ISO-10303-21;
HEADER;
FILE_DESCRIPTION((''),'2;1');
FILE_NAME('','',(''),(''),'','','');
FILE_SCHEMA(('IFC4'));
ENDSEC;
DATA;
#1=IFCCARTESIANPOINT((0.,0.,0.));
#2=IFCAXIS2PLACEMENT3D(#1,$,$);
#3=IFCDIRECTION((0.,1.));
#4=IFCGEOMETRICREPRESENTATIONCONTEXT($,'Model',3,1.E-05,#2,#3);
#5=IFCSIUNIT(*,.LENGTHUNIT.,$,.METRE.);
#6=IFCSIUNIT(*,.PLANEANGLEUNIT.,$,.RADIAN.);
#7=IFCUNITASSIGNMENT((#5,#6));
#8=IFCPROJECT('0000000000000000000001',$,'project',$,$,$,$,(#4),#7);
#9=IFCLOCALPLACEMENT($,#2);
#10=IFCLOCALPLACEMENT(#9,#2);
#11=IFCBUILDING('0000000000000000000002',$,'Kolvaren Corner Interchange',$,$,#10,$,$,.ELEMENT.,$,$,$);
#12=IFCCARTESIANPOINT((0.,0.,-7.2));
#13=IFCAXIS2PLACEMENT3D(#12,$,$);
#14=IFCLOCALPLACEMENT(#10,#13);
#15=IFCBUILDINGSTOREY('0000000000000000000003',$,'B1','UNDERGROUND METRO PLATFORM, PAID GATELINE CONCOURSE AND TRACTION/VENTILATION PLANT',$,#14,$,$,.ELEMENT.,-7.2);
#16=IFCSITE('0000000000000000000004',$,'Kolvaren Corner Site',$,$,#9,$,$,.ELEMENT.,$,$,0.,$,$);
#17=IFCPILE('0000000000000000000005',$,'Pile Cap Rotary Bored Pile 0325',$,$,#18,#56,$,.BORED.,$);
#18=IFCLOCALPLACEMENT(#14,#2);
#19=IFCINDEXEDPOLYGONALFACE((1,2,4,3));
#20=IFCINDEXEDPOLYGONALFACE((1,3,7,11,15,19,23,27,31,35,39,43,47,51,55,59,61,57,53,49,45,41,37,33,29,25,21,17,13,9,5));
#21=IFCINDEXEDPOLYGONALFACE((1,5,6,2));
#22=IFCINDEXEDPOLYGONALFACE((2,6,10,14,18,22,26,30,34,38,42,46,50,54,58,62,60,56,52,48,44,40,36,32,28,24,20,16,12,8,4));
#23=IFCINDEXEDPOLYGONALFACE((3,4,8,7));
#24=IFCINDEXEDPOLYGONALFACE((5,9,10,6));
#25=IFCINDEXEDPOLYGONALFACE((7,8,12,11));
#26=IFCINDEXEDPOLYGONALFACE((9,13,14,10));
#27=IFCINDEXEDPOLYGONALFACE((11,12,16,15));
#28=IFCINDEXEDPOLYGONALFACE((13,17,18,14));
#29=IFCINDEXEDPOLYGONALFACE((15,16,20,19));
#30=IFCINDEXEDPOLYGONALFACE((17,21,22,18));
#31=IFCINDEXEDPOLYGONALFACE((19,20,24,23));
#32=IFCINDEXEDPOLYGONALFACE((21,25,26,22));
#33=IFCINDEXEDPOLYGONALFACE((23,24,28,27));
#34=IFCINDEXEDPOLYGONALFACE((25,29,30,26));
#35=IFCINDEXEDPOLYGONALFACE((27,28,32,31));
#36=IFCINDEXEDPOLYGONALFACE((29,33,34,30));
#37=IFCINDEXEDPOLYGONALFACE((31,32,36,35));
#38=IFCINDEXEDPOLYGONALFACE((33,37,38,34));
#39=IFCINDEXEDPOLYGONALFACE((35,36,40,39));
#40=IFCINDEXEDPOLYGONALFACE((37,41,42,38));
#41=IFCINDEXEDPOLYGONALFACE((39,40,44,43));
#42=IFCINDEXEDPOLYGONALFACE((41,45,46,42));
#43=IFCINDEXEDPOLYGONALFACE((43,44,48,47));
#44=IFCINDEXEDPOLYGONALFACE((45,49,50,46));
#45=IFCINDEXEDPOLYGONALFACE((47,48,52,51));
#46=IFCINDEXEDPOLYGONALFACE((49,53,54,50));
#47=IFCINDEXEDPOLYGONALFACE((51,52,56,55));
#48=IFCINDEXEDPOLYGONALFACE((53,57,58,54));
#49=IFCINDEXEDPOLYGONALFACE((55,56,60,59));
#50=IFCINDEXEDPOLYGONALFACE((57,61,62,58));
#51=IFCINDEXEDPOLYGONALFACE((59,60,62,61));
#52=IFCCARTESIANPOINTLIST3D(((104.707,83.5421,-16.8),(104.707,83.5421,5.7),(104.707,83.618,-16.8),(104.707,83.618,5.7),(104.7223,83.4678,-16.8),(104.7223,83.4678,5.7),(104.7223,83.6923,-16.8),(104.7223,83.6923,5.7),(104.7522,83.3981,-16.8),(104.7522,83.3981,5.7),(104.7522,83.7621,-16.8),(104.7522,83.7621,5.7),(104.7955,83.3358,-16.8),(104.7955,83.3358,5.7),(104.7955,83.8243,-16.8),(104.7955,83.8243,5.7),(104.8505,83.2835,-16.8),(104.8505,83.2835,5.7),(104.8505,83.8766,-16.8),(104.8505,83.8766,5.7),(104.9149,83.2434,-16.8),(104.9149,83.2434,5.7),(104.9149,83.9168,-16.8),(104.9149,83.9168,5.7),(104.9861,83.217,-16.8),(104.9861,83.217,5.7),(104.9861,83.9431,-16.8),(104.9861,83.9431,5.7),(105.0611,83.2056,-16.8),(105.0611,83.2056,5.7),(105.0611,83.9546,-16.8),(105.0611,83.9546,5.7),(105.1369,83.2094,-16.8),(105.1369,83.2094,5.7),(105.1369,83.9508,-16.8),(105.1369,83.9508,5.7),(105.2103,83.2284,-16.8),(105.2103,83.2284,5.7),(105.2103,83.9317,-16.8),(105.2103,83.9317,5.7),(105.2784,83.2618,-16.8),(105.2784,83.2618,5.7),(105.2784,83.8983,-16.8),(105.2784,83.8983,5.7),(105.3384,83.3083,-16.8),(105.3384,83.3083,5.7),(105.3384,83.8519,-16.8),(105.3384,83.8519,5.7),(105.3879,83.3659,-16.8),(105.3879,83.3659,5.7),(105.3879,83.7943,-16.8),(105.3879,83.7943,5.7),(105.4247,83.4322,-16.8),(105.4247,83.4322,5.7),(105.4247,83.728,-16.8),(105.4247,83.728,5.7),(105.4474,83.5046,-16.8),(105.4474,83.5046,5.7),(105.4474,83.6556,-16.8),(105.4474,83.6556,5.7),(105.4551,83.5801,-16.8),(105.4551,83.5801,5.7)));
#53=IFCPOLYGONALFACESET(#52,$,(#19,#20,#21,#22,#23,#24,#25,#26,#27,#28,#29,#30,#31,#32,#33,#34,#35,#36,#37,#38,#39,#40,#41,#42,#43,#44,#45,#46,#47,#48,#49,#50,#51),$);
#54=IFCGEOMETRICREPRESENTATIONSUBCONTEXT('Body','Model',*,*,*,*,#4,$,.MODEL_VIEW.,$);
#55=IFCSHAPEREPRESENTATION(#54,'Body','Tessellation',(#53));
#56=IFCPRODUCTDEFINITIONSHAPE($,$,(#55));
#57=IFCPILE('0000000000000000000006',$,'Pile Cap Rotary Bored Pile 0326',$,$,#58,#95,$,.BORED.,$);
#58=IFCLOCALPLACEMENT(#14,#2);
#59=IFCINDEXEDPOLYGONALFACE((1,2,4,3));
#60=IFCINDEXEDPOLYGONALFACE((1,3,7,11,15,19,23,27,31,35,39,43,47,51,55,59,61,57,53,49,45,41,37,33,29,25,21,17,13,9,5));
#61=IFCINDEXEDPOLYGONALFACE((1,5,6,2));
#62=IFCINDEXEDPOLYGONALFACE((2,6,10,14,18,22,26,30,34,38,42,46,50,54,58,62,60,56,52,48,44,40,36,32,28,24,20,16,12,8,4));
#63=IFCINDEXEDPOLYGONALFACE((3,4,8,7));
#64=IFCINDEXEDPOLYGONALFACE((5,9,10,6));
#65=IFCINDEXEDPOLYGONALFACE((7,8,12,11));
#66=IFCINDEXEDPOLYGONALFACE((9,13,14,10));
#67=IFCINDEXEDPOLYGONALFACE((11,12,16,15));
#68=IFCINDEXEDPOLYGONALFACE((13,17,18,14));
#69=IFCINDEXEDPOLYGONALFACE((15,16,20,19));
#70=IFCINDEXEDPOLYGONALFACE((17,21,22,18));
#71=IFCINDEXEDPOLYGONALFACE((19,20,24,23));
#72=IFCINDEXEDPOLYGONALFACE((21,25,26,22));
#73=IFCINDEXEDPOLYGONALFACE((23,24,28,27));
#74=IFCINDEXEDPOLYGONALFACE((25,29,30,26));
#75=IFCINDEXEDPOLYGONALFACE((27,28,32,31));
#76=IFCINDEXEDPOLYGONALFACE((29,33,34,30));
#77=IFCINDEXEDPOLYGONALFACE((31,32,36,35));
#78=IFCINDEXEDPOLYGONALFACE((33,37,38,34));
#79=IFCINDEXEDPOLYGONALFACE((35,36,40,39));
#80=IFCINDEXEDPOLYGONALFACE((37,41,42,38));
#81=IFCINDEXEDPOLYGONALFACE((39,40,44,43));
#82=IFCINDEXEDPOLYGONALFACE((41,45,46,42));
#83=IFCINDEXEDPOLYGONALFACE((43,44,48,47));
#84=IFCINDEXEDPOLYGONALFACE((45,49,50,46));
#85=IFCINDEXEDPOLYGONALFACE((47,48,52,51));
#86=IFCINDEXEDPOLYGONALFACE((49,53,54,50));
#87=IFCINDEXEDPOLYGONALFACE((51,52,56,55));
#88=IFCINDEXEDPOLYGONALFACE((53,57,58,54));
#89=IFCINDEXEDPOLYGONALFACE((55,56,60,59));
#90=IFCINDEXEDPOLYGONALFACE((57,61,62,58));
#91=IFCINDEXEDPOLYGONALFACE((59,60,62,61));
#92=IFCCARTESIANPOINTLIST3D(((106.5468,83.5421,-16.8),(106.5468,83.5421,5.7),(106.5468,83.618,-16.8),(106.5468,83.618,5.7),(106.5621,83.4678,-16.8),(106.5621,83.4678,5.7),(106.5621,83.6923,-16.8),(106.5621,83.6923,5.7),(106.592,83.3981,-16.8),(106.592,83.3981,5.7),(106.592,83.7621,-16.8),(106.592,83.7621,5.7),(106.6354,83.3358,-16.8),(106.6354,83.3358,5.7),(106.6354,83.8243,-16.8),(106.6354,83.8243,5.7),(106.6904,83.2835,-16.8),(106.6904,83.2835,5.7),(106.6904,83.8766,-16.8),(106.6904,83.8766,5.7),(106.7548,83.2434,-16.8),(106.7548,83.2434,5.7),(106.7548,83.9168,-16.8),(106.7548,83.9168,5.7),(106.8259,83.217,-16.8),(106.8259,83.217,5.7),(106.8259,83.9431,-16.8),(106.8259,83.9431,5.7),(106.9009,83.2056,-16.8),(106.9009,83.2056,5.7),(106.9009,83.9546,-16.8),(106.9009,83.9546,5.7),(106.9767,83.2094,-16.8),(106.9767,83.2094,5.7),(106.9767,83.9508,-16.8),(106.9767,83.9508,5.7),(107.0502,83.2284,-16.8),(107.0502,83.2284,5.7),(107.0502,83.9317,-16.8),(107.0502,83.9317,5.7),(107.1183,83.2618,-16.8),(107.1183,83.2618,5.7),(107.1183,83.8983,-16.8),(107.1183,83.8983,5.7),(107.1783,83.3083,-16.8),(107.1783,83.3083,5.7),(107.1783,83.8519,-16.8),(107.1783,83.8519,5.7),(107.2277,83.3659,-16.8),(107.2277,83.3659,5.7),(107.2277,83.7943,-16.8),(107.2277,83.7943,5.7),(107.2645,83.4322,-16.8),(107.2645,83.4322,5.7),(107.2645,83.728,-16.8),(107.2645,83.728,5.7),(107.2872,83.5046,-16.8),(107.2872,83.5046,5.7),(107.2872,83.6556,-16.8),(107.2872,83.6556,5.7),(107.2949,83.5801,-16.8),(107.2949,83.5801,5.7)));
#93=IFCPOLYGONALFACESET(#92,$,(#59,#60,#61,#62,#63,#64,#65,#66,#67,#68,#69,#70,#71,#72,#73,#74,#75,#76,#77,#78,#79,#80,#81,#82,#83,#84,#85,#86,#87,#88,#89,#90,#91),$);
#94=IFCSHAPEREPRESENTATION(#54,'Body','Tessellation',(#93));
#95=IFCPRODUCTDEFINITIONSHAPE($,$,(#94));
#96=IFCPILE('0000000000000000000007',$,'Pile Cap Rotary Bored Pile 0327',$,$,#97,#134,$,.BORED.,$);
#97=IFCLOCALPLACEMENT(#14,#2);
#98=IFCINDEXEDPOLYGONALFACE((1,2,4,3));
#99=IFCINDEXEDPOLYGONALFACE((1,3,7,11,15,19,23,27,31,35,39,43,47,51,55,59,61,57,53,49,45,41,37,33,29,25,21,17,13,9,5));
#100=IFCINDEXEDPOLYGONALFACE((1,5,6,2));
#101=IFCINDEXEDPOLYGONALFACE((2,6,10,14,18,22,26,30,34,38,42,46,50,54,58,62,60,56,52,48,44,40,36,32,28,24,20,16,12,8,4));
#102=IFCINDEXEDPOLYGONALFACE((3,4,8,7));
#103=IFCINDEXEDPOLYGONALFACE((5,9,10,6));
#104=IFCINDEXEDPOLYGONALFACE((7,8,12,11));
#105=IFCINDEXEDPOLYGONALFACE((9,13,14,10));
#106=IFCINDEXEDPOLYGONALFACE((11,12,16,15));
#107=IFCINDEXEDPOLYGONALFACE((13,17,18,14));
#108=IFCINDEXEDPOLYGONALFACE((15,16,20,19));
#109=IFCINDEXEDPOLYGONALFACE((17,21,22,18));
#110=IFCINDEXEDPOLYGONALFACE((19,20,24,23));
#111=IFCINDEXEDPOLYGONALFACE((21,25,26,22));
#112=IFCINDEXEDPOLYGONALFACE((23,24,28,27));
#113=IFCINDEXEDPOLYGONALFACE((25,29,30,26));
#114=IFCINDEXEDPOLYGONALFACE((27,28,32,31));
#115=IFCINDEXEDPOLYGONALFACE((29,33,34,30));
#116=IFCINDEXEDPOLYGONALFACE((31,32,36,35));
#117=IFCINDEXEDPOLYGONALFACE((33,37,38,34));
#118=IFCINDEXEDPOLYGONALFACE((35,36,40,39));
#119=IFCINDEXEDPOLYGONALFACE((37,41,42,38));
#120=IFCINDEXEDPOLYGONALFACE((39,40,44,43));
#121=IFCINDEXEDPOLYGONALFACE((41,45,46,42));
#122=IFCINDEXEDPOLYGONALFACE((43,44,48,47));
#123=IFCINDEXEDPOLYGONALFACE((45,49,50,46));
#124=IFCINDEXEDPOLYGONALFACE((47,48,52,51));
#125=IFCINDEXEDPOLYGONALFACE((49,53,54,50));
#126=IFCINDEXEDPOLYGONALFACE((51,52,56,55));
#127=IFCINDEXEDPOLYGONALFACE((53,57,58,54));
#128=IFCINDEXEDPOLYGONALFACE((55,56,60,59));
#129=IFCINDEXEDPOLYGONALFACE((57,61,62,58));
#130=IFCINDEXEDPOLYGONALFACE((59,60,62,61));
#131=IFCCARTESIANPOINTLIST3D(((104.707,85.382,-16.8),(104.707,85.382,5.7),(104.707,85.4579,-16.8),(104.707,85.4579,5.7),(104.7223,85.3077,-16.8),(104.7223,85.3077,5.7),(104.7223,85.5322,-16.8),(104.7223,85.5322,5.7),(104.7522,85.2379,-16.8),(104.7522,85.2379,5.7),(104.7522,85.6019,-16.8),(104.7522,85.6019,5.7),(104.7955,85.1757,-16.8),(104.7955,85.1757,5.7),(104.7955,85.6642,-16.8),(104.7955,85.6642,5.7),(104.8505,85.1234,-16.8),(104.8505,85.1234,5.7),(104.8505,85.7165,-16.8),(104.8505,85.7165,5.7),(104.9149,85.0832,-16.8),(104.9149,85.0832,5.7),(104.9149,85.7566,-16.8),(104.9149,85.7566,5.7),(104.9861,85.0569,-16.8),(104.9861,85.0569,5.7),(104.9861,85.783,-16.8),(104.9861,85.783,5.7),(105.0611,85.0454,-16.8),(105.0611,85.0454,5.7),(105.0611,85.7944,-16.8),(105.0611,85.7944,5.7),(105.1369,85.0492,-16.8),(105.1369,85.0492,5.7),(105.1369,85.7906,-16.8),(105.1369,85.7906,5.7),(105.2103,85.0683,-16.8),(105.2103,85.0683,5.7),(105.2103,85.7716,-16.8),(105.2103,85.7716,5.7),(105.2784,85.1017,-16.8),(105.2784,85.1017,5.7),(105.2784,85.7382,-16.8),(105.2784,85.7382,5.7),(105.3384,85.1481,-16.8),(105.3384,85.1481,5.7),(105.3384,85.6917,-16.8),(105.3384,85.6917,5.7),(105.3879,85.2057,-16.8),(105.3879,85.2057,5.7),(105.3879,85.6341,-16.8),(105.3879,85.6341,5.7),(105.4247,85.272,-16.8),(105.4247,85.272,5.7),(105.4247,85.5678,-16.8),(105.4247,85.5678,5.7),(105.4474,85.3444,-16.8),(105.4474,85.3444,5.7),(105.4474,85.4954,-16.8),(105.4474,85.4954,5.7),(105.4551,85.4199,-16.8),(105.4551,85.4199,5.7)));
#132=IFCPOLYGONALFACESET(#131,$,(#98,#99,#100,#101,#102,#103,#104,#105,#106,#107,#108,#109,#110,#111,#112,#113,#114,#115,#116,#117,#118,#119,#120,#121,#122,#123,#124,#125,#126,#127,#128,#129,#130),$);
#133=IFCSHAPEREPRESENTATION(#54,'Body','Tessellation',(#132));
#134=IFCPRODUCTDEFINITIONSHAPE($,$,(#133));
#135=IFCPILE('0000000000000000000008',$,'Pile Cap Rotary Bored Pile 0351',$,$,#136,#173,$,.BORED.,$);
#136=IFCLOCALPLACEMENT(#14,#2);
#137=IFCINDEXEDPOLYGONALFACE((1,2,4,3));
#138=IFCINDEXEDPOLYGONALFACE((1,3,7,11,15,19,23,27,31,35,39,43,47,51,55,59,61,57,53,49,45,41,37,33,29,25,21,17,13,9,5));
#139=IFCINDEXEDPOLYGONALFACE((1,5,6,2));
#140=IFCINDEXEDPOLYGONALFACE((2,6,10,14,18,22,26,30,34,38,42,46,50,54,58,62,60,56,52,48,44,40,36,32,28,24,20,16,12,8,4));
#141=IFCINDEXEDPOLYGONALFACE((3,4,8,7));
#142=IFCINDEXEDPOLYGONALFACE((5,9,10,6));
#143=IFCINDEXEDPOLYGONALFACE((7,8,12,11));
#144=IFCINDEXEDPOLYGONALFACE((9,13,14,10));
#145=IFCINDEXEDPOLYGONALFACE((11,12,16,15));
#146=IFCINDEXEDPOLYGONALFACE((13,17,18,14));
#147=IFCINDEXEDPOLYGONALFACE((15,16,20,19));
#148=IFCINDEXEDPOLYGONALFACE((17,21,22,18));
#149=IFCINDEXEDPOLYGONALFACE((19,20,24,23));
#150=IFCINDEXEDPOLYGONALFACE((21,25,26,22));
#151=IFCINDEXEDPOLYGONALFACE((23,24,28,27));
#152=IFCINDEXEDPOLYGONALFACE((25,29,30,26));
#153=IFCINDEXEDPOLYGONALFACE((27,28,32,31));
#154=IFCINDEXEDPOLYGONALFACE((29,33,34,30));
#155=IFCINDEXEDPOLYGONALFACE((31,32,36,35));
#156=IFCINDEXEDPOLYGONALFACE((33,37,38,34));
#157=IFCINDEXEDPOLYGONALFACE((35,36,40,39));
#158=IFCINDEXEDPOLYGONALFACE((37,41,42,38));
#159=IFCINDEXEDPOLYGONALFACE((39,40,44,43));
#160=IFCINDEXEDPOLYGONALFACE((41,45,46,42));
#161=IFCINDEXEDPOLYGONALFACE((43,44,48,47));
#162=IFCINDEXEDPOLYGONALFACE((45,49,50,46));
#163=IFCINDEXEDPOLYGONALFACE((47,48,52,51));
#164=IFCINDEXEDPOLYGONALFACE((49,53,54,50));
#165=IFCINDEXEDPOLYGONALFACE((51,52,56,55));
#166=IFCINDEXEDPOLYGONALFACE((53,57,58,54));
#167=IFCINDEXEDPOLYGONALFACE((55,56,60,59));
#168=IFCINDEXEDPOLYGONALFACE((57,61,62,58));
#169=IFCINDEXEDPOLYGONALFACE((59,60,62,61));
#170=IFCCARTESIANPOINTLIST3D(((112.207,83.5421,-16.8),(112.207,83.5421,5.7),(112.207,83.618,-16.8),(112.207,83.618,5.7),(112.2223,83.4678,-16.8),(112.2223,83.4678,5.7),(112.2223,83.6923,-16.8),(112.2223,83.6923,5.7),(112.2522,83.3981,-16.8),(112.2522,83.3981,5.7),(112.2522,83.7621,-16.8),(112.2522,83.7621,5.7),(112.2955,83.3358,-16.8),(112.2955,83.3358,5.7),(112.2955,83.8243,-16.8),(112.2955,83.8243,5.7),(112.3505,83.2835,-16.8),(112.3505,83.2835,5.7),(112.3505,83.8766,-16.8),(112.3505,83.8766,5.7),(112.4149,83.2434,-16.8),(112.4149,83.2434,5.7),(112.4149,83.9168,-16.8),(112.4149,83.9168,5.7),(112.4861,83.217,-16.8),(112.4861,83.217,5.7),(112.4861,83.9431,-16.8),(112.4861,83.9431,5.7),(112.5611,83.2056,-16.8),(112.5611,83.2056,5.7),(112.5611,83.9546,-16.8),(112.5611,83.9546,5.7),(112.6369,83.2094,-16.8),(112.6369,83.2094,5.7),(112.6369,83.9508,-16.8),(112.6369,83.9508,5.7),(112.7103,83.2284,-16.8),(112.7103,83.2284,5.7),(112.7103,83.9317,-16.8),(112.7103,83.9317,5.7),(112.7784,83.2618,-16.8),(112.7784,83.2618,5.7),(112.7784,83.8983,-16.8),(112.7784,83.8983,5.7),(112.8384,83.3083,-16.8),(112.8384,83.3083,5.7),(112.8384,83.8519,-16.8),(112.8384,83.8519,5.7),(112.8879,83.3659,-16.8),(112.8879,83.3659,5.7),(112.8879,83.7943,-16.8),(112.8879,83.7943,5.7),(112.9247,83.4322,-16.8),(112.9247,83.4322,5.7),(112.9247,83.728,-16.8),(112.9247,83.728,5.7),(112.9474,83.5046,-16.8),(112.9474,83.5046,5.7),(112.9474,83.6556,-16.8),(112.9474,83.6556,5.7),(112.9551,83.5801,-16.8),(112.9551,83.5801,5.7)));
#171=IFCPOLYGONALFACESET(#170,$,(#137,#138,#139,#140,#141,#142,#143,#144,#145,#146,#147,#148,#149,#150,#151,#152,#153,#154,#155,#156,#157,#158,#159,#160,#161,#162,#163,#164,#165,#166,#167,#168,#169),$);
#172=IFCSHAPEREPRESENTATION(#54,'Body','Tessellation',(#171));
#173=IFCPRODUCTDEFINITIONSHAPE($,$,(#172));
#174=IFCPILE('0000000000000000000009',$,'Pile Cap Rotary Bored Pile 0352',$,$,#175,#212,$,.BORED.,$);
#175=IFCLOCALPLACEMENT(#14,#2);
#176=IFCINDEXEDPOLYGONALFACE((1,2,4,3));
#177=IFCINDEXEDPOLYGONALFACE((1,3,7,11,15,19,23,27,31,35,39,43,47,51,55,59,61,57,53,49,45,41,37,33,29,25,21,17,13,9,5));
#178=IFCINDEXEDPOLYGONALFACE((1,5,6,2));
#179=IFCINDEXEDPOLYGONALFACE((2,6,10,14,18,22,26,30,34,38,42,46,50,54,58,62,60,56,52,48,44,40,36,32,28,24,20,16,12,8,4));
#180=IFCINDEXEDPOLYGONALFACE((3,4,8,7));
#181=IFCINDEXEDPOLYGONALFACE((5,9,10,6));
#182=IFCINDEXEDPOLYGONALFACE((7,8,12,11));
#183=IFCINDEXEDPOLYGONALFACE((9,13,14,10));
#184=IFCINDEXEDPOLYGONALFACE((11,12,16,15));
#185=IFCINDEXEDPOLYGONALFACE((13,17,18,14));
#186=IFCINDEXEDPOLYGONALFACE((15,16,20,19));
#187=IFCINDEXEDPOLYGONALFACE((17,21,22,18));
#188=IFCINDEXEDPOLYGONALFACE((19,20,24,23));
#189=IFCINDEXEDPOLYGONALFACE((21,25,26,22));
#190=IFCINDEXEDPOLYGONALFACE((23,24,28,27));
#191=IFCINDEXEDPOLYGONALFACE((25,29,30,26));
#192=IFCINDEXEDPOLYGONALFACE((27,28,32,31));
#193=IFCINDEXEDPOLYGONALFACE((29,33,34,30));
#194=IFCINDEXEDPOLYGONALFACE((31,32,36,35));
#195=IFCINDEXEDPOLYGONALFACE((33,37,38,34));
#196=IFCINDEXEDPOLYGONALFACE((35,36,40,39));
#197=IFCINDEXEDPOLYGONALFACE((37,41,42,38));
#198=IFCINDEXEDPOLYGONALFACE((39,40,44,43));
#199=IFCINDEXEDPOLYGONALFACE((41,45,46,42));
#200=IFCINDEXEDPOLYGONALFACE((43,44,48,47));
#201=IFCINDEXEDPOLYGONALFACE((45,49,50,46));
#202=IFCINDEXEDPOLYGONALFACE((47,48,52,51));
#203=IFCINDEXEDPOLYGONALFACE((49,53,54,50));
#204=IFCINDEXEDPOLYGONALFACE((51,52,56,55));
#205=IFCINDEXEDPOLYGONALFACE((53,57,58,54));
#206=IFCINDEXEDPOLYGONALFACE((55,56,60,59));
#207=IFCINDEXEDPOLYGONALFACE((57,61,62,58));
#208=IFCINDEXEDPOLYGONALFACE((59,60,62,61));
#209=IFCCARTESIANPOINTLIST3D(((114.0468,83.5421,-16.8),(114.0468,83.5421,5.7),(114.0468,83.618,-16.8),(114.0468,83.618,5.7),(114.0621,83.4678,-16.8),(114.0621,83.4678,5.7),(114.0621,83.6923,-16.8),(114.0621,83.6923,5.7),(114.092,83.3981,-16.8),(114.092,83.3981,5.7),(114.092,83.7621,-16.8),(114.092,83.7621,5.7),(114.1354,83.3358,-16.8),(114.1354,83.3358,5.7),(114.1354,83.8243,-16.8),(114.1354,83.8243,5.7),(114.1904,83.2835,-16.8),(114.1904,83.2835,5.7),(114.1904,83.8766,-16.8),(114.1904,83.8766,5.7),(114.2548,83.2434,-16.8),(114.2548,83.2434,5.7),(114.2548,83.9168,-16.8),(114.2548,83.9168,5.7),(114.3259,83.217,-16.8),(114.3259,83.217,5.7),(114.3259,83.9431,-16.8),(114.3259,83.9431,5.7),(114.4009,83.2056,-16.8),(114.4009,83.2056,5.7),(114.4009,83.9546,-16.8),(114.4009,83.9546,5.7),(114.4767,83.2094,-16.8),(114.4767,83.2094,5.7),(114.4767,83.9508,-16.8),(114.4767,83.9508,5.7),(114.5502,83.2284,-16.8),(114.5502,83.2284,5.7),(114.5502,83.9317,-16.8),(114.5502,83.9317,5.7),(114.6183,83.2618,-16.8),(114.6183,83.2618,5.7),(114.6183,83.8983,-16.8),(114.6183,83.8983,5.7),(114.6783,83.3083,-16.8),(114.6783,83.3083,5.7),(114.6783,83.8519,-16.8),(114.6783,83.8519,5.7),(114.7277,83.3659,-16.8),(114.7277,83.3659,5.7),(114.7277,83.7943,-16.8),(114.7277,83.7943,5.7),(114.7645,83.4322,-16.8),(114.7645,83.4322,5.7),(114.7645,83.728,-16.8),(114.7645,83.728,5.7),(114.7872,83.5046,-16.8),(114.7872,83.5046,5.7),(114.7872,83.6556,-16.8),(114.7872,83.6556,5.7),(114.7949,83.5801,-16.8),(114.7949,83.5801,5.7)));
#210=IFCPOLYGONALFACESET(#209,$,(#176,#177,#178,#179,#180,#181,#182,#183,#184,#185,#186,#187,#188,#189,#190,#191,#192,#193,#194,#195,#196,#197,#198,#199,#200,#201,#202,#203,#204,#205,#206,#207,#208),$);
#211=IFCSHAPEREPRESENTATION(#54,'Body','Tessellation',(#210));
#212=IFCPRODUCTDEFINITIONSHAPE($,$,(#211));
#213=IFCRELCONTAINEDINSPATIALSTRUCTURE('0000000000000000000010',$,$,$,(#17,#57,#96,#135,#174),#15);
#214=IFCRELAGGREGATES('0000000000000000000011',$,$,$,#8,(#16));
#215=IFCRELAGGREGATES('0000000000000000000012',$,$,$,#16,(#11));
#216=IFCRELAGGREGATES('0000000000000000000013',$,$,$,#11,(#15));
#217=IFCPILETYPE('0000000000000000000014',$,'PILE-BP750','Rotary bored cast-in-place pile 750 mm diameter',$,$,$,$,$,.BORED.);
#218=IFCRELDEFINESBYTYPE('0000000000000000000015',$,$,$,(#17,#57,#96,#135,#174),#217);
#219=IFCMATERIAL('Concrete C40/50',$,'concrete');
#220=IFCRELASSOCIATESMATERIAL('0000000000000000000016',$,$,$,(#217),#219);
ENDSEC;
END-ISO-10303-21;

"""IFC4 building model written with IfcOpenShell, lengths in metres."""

from ifc_helpers import new_model, si_unit, direction, frame, origin, origin_2d, place, context, subcontext, project, spatial, circle, extrude, material, material_profile, profile_set, type_object, element, save


model = new_model("IFC4")

# Units and contexts
model_context = context("Model", 3, precision=1e-05, world=origin(), true_north=direction((0.0, 1.0)))
body_context = subcontext(model_context, "Body", "Model", "MODEL_VIEW")
ifc_project = project(units=[si_unit("LENGTHUNIT", "METRE"), si_unit("PLANEANGLEUNIT", "RADIAN")], contexts=[model_context])

# Site, building, storey
site_placement = place(None, origin())
site = spatial("IfcSite", under=ifc_project, at=site_placement, Name="Kolvaren Corner Site", CompositionType="ELEMENT", RefElevation=0.0)
building_placement = place(site_placement, origin())
building = spatial("IfcBuilding", under=site, at=building_placement, Name="Kolvaren Corner Interchange", CompositionType="ELEMENT")
storey_placement = place(building_placement, frame((0.0, 0.0, -7.2)))
storey = spatial("IfcBuildingStorey", under=building, at=storey_placement, Name="B1", Description="UNDERGROUND METRO PLATFORM, PAID GATELINE CONCOURSE AND TRACTION/VENTILATION PLANT", CompositionType="ELEMENT", Elevation=-7.2)

# Piles
ifc_material_1 = material(Name="Concrete C40/50", Category="concrete")
ifc_material_profile_1 = material_profile(ifc_material_1, circle(Radius=0.375, at=origin_2d()), Name="BORED PILE 750")
ifc_profile_set_1 = profile_set([ifc_material_profile_1], Name="Concrete C40/50")
pile_type_1 = type_object("IfcPileType", Name="PILE-BP750", Description="Rotary bored cast-in-place pile 750 mm diameter", PredefinedType="BORED", material=ifc_profile_set_1)
for number, where, z_axis, x_axis, name in (
    (1, (105.0801, 83.5801, 5.7), (0.0, 0.0, -1.0), (1.0, 0.0, 0.0), "Pile Cap Rotary Bored Pile 0325"),
    (2, (106.9199, 83.5801, 5.7), (0.0, 0.0, -1.0), (1.0, 0.0, 0.0), "Pile Cap Rotary Bored Pile 0326"),
    (3, (105.0801, 85.4199, 5.7), (0.0, 0.0, -1.0), (1.0, 0.0, 0.0), "Pile Cap Rotary Bored Pile 0327"),
    (4, (112.5801, 83.5801, 5.7), (0.0, 0.0, -1.0), (1.0, 0.0, 0.0), "Pile Cap Rotary Bored Pile 0351"),
    (5, (114.4199, 83.5801, 5.7), (0.0, 0.0, -1.0), (1.0, 0.0, 0.0), "Pile Cap Rotary Bored Pile 0352"),
):
    element("IfcPile", number, at=place(storey_placement, frame(where, z_axis=z_axis, x_axis=x_axis)), inside=storey, type_object=pile_type_1, Name=name, PredefinedType="BORED", context=body_context, shape_type="SweptSolid", body=[
        extrude(circle(Radius=0.375, at=origin_2d()), origin(), (0.0, 0.0, 1.0), 22.5),
    ])

save(model, "model.ifc")
